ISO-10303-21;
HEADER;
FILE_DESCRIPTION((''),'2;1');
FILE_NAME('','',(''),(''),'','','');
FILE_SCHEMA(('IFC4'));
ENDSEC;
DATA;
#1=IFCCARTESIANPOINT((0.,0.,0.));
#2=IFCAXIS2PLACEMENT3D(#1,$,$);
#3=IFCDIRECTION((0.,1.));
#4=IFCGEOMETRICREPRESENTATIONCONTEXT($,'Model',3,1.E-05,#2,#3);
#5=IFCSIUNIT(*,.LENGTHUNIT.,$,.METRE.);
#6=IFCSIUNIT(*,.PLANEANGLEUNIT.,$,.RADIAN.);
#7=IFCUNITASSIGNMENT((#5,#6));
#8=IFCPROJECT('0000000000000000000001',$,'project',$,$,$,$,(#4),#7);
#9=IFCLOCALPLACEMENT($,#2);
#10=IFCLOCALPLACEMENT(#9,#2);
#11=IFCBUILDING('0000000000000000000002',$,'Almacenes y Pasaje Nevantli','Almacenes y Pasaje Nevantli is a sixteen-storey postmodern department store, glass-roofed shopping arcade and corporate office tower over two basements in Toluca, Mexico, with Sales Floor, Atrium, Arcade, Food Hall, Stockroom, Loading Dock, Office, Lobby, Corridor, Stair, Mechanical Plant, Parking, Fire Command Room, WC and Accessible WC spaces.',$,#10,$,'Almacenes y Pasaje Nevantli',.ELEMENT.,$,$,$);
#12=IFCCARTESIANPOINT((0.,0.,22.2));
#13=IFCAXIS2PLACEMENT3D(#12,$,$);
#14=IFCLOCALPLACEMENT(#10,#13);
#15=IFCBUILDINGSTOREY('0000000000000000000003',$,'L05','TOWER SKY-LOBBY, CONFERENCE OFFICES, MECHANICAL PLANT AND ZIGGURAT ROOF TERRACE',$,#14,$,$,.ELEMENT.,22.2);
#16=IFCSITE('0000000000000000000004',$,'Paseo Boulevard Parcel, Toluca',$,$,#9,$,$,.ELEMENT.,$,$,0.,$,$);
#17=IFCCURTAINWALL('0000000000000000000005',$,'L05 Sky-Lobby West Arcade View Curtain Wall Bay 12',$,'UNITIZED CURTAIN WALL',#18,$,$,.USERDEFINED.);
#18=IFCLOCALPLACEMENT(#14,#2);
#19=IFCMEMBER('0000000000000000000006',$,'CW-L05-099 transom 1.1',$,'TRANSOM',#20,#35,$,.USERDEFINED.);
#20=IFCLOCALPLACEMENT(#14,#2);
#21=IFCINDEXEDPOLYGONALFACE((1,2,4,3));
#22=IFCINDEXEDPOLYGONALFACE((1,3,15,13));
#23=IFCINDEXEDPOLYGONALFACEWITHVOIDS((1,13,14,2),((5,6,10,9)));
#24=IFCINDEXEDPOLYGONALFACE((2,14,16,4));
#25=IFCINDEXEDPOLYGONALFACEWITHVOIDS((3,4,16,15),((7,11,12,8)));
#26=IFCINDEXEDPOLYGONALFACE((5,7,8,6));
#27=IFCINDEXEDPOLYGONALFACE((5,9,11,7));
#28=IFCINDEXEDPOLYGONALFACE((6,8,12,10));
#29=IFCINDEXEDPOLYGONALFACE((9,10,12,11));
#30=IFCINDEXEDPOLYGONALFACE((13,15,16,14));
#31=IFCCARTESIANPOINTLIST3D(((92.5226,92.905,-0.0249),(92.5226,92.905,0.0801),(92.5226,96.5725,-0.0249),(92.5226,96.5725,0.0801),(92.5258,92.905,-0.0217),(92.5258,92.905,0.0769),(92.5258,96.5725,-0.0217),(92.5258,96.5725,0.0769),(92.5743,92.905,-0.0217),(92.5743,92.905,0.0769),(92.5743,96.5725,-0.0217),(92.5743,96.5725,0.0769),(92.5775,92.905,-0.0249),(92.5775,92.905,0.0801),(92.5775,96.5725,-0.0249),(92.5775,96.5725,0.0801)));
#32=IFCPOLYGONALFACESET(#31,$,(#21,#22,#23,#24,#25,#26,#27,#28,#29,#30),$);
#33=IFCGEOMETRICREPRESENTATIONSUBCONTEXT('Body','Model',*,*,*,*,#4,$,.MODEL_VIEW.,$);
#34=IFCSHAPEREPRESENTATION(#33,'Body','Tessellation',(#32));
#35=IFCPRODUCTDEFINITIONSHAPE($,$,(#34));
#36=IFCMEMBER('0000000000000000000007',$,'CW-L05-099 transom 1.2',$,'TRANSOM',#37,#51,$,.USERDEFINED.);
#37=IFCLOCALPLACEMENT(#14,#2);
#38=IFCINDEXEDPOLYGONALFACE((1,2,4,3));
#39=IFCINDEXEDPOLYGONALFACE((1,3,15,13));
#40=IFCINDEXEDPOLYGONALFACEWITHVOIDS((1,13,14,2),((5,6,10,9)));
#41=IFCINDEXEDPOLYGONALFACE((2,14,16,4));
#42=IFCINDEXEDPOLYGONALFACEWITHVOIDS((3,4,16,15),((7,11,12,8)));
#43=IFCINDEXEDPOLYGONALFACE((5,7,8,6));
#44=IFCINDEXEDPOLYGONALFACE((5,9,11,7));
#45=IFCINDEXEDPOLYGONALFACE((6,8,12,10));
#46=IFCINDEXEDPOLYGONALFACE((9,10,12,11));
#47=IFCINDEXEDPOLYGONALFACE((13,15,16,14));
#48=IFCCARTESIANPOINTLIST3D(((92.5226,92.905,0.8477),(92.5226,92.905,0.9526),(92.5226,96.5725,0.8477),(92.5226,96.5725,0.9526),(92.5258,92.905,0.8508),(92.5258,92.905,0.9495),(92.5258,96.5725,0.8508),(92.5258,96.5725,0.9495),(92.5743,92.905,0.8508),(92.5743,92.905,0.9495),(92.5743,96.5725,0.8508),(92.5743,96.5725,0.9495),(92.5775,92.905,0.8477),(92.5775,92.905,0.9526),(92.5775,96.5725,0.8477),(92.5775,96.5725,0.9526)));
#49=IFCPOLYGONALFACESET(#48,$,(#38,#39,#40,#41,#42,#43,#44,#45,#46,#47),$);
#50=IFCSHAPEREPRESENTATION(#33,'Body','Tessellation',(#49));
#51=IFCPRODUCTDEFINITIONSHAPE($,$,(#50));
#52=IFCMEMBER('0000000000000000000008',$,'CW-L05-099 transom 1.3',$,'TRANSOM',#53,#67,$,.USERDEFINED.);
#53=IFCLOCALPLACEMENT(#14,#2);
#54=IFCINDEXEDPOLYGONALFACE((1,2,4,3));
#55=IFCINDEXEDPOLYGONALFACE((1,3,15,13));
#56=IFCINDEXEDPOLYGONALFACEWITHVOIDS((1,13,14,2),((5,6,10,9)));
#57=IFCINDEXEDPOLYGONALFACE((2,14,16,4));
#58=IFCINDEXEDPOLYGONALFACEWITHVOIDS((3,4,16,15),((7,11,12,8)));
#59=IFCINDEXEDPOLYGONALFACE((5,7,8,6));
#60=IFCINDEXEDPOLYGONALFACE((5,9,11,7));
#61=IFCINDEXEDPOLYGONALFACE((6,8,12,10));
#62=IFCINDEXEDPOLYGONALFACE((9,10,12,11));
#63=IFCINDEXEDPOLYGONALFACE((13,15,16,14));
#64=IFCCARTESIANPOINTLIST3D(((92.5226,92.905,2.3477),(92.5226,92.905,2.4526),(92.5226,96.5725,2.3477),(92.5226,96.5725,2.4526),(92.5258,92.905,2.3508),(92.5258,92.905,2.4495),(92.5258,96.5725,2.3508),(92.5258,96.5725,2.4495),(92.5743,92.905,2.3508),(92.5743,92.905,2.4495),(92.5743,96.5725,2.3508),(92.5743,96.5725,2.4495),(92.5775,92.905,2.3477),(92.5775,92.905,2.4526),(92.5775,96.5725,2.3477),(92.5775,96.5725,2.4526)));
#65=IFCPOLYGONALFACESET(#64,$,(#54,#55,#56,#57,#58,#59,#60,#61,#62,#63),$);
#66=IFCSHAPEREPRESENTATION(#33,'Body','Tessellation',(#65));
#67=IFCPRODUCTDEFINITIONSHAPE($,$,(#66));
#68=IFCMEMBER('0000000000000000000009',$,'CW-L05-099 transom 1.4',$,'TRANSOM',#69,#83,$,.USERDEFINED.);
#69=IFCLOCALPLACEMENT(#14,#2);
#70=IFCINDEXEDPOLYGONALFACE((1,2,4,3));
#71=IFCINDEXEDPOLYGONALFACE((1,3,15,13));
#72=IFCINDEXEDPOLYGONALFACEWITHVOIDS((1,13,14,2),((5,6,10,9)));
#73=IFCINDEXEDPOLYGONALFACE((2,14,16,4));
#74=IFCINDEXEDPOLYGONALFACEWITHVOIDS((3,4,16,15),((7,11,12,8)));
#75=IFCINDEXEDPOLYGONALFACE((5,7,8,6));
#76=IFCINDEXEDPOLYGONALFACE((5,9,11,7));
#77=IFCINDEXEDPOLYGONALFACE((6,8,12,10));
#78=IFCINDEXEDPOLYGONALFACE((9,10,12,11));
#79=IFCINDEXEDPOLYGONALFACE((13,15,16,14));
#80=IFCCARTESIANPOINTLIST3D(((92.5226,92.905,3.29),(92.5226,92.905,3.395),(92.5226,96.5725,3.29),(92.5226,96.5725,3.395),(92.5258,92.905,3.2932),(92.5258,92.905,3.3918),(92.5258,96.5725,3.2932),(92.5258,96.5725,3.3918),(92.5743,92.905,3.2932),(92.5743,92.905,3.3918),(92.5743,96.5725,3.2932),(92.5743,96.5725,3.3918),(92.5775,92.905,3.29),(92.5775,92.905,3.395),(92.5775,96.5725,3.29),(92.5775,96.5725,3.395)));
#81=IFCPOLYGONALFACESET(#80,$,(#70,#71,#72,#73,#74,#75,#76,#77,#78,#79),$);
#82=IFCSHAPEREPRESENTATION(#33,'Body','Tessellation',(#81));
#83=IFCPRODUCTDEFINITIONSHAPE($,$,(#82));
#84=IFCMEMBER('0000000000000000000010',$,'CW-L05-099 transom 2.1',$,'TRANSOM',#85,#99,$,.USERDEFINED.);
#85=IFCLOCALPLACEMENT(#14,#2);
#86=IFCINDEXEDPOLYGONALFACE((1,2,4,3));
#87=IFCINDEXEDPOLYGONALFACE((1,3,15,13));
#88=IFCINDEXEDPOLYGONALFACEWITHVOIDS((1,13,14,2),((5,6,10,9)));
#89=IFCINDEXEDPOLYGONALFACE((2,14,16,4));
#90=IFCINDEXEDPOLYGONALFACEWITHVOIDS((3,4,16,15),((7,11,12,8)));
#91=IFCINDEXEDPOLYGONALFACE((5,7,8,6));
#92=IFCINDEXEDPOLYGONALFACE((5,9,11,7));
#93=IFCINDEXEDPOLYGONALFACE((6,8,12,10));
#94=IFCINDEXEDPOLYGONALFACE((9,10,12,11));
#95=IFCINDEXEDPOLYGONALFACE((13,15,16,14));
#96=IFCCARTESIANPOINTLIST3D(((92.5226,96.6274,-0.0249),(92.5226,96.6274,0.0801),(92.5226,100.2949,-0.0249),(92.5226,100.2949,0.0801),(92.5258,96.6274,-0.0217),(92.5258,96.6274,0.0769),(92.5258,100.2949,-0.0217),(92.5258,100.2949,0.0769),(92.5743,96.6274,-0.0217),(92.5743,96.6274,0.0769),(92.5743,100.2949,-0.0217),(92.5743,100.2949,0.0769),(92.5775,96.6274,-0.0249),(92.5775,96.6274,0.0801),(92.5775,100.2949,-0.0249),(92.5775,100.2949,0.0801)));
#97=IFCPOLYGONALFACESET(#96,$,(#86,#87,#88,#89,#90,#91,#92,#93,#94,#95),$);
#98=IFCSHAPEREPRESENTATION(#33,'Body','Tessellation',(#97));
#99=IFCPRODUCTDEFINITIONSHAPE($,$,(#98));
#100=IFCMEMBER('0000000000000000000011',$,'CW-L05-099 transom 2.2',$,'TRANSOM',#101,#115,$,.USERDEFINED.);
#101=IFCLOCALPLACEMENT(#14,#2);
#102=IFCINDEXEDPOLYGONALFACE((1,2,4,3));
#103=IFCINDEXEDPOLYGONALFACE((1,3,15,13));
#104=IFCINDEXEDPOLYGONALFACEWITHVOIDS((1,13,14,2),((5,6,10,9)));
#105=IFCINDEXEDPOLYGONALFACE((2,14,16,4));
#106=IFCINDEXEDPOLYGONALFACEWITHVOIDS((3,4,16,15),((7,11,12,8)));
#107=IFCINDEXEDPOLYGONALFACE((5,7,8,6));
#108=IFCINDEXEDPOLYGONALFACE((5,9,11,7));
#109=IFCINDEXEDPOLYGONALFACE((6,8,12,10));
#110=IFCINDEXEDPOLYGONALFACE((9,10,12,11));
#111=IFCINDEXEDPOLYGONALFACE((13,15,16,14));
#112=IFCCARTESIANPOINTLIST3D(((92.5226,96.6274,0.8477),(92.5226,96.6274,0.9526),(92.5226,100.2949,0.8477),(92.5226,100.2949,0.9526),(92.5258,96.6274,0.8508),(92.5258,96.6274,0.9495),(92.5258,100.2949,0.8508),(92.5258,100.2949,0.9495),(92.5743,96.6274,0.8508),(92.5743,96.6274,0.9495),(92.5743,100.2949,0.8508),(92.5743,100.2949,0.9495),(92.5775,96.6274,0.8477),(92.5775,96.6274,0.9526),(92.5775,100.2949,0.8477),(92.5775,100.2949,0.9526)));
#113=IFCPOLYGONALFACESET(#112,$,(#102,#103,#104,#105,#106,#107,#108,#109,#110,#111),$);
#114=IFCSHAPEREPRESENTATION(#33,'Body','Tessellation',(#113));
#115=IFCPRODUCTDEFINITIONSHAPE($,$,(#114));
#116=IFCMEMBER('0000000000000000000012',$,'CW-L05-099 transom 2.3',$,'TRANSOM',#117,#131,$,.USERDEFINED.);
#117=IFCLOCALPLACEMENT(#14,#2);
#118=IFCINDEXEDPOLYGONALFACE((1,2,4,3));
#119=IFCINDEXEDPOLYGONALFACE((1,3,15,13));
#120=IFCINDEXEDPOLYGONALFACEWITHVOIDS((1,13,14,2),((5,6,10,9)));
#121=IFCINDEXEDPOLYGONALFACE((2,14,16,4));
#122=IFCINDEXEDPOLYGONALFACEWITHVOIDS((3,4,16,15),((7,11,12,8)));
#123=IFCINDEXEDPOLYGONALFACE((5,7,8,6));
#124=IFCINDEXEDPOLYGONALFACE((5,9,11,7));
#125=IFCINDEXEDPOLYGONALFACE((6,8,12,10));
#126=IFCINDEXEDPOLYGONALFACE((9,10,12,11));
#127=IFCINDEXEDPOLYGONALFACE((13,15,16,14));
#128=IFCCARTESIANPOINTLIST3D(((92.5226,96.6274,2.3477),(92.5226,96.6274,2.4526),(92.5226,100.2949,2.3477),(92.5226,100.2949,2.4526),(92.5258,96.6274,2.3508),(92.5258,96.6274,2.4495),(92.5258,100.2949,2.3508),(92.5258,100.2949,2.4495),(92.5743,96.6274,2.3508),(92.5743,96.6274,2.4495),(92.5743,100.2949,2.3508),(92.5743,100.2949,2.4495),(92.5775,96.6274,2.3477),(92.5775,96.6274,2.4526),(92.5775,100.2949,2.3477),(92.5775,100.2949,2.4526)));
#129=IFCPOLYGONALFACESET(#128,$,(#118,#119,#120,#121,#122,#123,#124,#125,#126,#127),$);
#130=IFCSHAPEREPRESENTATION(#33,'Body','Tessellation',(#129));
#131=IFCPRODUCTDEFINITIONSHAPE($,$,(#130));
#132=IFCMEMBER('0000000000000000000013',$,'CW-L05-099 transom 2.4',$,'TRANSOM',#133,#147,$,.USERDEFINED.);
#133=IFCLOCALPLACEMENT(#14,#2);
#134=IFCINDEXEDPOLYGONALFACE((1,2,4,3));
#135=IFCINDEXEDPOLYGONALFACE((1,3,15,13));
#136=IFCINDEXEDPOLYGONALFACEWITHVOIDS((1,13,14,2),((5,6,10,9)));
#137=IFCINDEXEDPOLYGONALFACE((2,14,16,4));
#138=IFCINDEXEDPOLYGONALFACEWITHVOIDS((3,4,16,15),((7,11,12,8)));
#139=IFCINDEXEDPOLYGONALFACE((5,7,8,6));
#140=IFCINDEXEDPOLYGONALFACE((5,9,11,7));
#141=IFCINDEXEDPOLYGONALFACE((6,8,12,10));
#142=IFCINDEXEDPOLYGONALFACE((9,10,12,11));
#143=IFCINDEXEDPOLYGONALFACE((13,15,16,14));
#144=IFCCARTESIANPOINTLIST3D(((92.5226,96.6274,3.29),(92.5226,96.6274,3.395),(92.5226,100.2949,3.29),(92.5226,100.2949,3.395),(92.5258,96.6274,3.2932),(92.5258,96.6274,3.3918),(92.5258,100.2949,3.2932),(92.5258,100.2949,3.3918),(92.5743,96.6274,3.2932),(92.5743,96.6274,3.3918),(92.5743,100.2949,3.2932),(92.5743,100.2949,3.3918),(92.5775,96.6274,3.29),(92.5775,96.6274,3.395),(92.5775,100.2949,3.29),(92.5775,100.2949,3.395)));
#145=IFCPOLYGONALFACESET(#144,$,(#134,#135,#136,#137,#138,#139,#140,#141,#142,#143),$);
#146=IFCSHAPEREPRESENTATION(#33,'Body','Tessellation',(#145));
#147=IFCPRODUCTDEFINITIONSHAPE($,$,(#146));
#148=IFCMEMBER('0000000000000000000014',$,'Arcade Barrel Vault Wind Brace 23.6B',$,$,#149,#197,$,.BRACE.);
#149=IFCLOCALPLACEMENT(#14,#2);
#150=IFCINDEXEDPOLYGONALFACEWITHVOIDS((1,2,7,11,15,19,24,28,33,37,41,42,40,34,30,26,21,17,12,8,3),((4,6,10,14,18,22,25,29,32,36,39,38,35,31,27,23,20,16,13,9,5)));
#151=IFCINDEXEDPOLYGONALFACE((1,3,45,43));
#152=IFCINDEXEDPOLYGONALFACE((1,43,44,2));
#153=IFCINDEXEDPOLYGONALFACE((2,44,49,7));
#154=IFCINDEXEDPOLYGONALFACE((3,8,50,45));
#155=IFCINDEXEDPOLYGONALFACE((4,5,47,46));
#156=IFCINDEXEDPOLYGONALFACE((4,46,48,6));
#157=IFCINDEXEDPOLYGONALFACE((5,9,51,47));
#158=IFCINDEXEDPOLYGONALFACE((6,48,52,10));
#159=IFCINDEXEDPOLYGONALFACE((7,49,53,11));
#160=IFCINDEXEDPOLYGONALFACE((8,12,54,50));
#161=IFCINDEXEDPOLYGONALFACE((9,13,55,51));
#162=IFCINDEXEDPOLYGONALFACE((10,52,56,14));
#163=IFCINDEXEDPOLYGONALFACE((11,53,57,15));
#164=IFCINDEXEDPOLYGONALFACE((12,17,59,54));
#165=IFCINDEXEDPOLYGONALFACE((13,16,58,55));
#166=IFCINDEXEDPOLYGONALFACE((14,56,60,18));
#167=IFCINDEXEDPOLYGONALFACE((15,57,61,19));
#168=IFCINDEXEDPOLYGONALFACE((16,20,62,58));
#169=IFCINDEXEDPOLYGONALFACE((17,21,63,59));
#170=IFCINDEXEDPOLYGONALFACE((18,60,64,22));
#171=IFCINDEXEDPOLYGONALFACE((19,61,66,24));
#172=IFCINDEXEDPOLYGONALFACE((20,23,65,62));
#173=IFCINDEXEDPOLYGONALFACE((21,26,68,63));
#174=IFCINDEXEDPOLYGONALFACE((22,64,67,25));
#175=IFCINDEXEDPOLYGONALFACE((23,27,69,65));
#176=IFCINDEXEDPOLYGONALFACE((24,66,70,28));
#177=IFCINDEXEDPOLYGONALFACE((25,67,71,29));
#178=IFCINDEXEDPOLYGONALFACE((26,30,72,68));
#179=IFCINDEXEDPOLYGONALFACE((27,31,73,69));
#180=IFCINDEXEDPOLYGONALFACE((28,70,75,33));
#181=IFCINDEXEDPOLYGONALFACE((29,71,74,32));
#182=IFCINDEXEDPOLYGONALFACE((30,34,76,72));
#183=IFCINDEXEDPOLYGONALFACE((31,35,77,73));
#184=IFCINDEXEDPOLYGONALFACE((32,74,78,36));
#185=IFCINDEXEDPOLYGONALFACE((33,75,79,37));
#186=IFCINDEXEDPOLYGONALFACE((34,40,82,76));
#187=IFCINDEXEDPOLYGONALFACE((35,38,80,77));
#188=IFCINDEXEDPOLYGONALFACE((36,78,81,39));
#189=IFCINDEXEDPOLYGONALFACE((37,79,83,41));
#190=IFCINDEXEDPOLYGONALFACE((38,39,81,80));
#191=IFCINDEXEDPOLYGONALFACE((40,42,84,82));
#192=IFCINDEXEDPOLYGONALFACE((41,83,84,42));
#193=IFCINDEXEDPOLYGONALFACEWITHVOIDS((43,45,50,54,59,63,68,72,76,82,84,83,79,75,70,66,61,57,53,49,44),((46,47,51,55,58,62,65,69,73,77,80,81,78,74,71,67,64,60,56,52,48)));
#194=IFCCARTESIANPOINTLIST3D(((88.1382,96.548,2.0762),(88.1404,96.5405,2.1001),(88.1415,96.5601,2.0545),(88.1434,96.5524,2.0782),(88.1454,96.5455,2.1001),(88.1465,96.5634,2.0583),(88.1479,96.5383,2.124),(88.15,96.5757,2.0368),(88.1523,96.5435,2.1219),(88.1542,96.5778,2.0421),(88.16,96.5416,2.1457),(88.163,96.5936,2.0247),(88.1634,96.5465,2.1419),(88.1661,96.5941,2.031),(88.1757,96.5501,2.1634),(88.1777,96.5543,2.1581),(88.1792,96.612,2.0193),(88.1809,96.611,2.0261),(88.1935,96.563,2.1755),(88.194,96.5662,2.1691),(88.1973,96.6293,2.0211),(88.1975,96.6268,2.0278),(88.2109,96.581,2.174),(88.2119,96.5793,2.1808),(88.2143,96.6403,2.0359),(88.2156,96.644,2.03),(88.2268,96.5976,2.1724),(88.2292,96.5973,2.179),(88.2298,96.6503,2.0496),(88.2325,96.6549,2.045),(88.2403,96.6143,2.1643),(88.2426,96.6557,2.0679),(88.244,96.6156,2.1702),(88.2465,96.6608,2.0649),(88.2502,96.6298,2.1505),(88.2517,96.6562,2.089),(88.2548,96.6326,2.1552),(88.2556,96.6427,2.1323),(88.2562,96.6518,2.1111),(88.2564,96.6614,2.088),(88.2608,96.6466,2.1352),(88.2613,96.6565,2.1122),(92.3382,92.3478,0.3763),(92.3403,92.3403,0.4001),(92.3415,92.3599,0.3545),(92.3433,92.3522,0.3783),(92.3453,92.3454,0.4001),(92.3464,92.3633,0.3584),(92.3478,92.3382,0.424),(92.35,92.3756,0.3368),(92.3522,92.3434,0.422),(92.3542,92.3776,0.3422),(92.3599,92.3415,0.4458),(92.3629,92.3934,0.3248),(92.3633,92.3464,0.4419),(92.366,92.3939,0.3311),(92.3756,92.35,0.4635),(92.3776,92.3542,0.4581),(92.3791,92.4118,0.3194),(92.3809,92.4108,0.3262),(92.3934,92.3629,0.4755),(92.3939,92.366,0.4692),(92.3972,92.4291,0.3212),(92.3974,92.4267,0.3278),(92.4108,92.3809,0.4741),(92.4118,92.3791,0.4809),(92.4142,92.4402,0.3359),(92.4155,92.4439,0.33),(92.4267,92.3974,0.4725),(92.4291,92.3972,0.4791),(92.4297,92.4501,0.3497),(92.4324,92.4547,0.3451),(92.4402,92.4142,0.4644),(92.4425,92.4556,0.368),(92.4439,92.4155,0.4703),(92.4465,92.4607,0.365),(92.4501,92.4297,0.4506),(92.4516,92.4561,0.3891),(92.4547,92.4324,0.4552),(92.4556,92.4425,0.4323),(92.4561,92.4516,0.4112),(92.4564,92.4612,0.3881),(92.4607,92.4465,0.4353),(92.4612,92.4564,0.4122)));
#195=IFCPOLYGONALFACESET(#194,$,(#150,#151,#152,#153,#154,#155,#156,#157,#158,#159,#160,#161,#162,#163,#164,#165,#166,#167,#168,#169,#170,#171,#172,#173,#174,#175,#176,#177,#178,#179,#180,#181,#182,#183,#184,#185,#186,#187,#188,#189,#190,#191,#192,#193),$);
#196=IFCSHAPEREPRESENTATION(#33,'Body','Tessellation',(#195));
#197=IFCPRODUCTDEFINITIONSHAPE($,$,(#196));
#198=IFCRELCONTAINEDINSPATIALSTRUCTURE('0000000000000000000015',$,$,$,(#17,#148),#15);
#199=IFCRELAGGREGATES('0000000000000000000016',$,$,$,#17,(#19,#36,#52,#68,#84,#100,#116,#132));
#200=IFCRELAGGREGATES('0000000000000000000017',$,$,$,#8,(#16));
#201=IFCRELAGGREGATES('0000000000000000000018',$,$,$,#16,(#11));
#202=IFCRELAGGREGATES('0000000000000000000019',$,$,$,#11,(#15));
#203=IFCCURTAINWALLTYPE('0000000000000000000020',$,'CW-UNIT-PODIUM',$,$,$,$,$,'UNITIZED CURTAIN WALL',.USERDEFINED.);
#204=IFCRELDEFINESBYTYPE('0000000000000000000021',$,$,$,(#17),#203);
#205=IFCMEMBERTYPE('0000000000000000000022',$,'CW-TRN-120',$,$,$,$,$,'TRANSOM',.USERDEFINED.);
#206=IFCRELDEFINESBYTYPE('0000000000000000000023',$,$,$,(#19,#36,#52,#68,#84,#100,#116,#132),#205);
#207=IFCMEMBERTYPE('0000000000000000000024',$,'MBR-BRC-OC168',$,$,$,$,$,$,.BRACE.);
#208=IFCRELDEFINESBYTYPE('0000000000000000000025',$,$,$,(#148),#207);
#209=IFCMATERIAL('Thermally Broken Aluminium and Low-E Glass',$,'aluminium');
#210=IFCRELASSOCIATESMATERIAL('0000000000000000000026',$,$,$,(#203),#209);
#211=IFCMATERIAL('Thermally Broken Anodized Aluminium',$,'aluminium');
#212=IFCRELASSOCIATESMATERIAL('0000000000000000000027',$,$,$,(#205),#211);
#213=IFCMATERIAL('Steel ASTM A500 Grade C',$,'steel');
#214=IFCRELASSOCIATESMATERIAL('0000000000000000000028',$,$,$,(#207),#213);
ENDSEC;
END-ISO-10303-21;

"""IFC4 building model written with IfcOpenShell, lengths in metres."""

from ifc_helpers import new_model, si_unit, direction, frame, origin, origin_2d, place, context, subcontext, project, spatial, hollow_rectangle, hollow_circle, extrude, material, material_profile, profile_set, type_object, element, aggregate, save


model = new_model("IFC4")

# Units and contexts
model_context = context("Model", 3, precision=1e-05, world=origin(), true_north=direction((0.0, 1.0)))
body_context = subcontext(model_context, "Body", "Model", "MODEL_VIEW")
ifc_project = project(units=[si_unit("LENGTHUNIT", "METRE"), si_unit("PLANEANGLEUNIT", "RADIAN")], contexts=[model_context])

# Site, building, storey
site_placement = place(None, origin())
site = spatial("IfcSite", under=ifc_project, at=site_placement, Name="Paseo Boulevard Parcel, Toluca", CompositionType="ELEMENT", RefElevation=0.0)
building_placement = place(site_placement, origin())
building = spatial("IfcBuilding", under=site, at=building_placement, Name="Almacenes y Pasaje Nevantli", Description="Almacenes y Pasaje Nevantli is a sixteen-storey postmodern department store, glass-roofed shopping arcade and corporate office tower over two basements in Toluca, Mexico, with Sales Floor, Atrium, Arcade, Food Hall, Stockroom, Loading Dock, Office, Lobby, Corridor, Stair, Mechanical Plant, Parking, Fire Command Room, WC and Accessible WC spaces.", LongName="Almacenes y Pasaje Nevantli", CompositionType="ELEMENT")
storey_placement = place(building_placement, frame((0.0, 0.0, 22.2)))
storey = spatial("IfcBuildingStorey", under=building, at=storey_placement, Name="L05", Description="TOWER SKY-LOBBY, CONFERENCE OFFICES, MECHANICAL PLANT AND ZIGGURAT ROOF TERRACE", CompositionType="ELEMENT", Elevation=22.2)

# Curtain wall
ifc_material_1 = material(Name="Thermally Broken Aluminium and Low-E Glass", Category="aluminium")
curtain_wall_type = type_object("IfcCurtainWallType", Name="CW-UNIT-PODIUM", ElementType="UNITIZED CURTAIN WALL", PredefinedType="USERDEFINED", material=ifc_material_1)
curtain_wall_1_placement = place(storey_placement, origin())
curtain_wall_1 = element("IfcCurtainWall", 1, at=curtain_wall_1_placement, inside=storey, type_object=curtain_wall_type, Name="L05 Sky-Lobby West Arcade View Curtain Wall Bay 12", ObjectType="UNITIZED CURTAIN WALL", PredefinedType="USERDEFINED")

# Members
ifc_material_2 = material(Name="Thermally Broken Anodized Aluminium", Category="aluminium")
ifc_material_profile_1 = material_profile(ifc_material_2, hollow_rectangle(XDim=0.0549, YDim=0.105, WallThickness=0.0032, at=origin_2d()), Name="ALU-TRN-55x105")
ifc_profile_set_1 = profile_set([ifc_material_profile_1], Name="Thermally Broken Anodized Aluminium")
member_type_1 = type_object("IfcMemberType", Name="CW-TRN-120", ElementType="TRANSOM", PredefinedType="USERDEFINED", material=ifc_profile_set_1)
member_1_placement = place(storey_placement, frame((92.55, 92.905, 0.0276), z_axis=(0.0, 1.0, 0.0), x_axis=(-1.0, 0.0, 0.0)))
member_1 = element("IfcMember", 2, at=member_1_placement, type_object=member_type_1, Name="CW-L05-099 transom 1.1", ObjectType="TRANSOM", PredefinedType="USERDEFINED", context=body_context, shape_type="SweptSolid", body=[
    extrude(hollow_rectangle(XDim=0.0549, YDim=0.105, WallThickness=0.0032, at=origin_2d()), origin(), (0.0, 0.0, 1.0), 3.6675),
])
member_2_placement = place(storey_placement, frame((92.55, 92.905, 0.9001), z_axis=(0.0, 1.0, 0.0), x_axis=(-1.0, 0.0, 0.0)))
member_2 = element("IfcMember", 3, at=member_2_placement, type_object=member_type_1, Name="CW-L05-099 transom 1.2", ObjectType="TRANSOM", PredefinedType="USERDEFINED", context=body_context, shape_type="SweptSolid", body=[
    extrude(hollow_rectangle(XDim=0.0549, YDim=0.105, WallThickness=0.0032, at=origin_2d()), origin(), (0.0, 0.0, 1.0), 3.6675),
])
member_3_placement = place(storey_placement, frame((92.55, 92.905, 2.4001), z_axis=(0.0, 1.0, 0.0), x_axis=(-1.0, 0.0, 0.0)))
member_3 = element("IfcMember", 4, at=member_3_placement, type_object=member_type_1, Name="CW-L05-099 transom 1.3", ObjectType="TRANSOM", PredefinedType="USERDEFINED", context=body_context, shape_type="SweptSolid", body=[
    extrude(hollow_rectangle(XDim=0.0549, YDim=0.105, WallThickness=0.0032, at=origin_2d()), origin(), (0.0, 0.0, 1.0), 3.6675),
])
member_4_placement = place(storey_placement, frame((92.55, 92.905, 3.3425), z_axis=(0.0, 1.0, 0.0), x_axis=(-1.0, 0.0, 0.0)))
member_4 = element("IfcMember", 5, at=member_4_placement, type_object=member_type_1, Name="CW-L05-099 transom 1.4", ObjectType="TRANSOM", PredefinedType="USERDEFINED", context=body_context, shape_type="SweptSolid", body=[
    extrude(hollow_rectangle(XDim=0.0549, YDim=0.105, WallThickness=0.0032, at=origin_2d()), origin(), (0.0, 0.0, 1.0), 3.6675),
])
member_5_placement = place(storey_placement, frame((92.55, 96.6274, 0.0276), z_axis=(0.0, 1.0, 0.0), x_axis=(-1.0, 0.0, 0.0)))
member_5 = element("IfcMember", 6, at=member_5_placement, type_object=member_type_1, Name="CW-L05-099 transom 2.1", ObjectType="TRANSOM", PredefinedType="USERDEFINED", context=body_context, shape_type="SweptSolid", body=[
    extrude(hollow_rectangle(XDim=0.0549, YDim=0.105, WallThickness=0.0032, at=origin_2d()), origin(), (0.0, 0.0, 1.0), 3.6675),
])
member_6_placement = place(storey_placement, frame((92.55, 96.6274, 0.9001), z_axis=(0.0, 1.0, 0.0), x_axis=(-1.0, 0.0, 0.0)))
member_6 = element("IfcMember", 7, at=member_6_placement, type_object=member_type_1, Name="CW-L05-099 transom 2.2", ObjectType="TRANSOM", PredefinedType="USERDEFINED", context=body_context, shape_type="SweptSolid", body=[
    extrude(hollow_rectangle(XDim=0.0549, YDim=0.105, WallThickness=0.0032, at=origin_2d()), origin(), (0.0, 0.0, 1.0), 3.6675),
])
member_7_placement = place(storey_placement, frame((92.55, 96.6274, 2.4001), z_axis=(0.0, 1.0, 0.0), x_axis=(-1.0, 0.0, 0.0)))
member_7 = element("IfcMember", 8, at=member_7_placement, type_object=member_type_1, Name="CW-L05-099 transom 2.3", ObjectType="TRANSOM", PredefinedType="USERDEFINED", context=body_context, shape_type="SweptSolid", body=[
    extrude(hollow_rectangle(XDim=0.0549, YDim=0.105, WallThickness=0.0032, at=origin_2d()), origin(), (0.0, 0.0, 1.0), 3.6675),
])
member_8_placement = place(storey_placement, frame((92.55, 96.6274, 3.3425), z_axis=(0.0, 1.0, 0.0), x_axis=(-1.0, 0.0, 0.0)))
member_8 = element("IfcMember", 9, at=member_8_placement, type_object=member_type_1, Name="CW-L05-099 transom 2.4", ObjectType="TRANSOM", PredefinedType="USERDEFINED", context=body_context, shape_type="SweptSolid", body=[
    extrude(hollow_rectangle(XDim=0.0549, YDim=0.105, WallThickness=0.0032, at=origin_2d()), origin(), (0.0, 0.0, 1.0), 3.6675),
])
ifc_material_3 = material(Name="Steel ASTM A500 Grade C", Category="steel")
ifc_material_profile_2 = material_profile(ifc_material_3, hollow_circle(Radius=0.0842, WallThickness=0.0071, at=origin_2d()), Name="OC 168x7.1")
ifc_profile_set_2 = profile_set([ifc_material_profile_2], Name="Steel ASTM A500 Grade C")
member_type_2 = type_object("IfcMemberType", Name="MBR-BRC-OC168", PredefinedType="BRACE", material=ifc_profile_set_2)
member_9_placement = place(storey_placement, frame((92.3999, 92.3999, 0.4001), z_axis=(-0.679794, 0.679833, 0.27515), x_axis=(-0.707127, -0.707086, 0.0)))
element("IfcMember", 10, at=member_9_placement, inside=storey, type_object=member_type_2, Name="Arcade Barrel Vault Wind Brace 23.6B", PredefinedType="BRACE", context=body_context, shape_type="SweptSolid", body=[
    extrude(hollow_circle(Radius=0.0842, WallThickness=0.0071, at=origin_2d()), origin(), (0.0, 0.0, 1.0), 6.1782),
])

aggregate(curtain_wall_1, [member_1, member_2, member_3, member_4, member_5, member_6, member_7, member_8])

save(model, "model.ifc")
